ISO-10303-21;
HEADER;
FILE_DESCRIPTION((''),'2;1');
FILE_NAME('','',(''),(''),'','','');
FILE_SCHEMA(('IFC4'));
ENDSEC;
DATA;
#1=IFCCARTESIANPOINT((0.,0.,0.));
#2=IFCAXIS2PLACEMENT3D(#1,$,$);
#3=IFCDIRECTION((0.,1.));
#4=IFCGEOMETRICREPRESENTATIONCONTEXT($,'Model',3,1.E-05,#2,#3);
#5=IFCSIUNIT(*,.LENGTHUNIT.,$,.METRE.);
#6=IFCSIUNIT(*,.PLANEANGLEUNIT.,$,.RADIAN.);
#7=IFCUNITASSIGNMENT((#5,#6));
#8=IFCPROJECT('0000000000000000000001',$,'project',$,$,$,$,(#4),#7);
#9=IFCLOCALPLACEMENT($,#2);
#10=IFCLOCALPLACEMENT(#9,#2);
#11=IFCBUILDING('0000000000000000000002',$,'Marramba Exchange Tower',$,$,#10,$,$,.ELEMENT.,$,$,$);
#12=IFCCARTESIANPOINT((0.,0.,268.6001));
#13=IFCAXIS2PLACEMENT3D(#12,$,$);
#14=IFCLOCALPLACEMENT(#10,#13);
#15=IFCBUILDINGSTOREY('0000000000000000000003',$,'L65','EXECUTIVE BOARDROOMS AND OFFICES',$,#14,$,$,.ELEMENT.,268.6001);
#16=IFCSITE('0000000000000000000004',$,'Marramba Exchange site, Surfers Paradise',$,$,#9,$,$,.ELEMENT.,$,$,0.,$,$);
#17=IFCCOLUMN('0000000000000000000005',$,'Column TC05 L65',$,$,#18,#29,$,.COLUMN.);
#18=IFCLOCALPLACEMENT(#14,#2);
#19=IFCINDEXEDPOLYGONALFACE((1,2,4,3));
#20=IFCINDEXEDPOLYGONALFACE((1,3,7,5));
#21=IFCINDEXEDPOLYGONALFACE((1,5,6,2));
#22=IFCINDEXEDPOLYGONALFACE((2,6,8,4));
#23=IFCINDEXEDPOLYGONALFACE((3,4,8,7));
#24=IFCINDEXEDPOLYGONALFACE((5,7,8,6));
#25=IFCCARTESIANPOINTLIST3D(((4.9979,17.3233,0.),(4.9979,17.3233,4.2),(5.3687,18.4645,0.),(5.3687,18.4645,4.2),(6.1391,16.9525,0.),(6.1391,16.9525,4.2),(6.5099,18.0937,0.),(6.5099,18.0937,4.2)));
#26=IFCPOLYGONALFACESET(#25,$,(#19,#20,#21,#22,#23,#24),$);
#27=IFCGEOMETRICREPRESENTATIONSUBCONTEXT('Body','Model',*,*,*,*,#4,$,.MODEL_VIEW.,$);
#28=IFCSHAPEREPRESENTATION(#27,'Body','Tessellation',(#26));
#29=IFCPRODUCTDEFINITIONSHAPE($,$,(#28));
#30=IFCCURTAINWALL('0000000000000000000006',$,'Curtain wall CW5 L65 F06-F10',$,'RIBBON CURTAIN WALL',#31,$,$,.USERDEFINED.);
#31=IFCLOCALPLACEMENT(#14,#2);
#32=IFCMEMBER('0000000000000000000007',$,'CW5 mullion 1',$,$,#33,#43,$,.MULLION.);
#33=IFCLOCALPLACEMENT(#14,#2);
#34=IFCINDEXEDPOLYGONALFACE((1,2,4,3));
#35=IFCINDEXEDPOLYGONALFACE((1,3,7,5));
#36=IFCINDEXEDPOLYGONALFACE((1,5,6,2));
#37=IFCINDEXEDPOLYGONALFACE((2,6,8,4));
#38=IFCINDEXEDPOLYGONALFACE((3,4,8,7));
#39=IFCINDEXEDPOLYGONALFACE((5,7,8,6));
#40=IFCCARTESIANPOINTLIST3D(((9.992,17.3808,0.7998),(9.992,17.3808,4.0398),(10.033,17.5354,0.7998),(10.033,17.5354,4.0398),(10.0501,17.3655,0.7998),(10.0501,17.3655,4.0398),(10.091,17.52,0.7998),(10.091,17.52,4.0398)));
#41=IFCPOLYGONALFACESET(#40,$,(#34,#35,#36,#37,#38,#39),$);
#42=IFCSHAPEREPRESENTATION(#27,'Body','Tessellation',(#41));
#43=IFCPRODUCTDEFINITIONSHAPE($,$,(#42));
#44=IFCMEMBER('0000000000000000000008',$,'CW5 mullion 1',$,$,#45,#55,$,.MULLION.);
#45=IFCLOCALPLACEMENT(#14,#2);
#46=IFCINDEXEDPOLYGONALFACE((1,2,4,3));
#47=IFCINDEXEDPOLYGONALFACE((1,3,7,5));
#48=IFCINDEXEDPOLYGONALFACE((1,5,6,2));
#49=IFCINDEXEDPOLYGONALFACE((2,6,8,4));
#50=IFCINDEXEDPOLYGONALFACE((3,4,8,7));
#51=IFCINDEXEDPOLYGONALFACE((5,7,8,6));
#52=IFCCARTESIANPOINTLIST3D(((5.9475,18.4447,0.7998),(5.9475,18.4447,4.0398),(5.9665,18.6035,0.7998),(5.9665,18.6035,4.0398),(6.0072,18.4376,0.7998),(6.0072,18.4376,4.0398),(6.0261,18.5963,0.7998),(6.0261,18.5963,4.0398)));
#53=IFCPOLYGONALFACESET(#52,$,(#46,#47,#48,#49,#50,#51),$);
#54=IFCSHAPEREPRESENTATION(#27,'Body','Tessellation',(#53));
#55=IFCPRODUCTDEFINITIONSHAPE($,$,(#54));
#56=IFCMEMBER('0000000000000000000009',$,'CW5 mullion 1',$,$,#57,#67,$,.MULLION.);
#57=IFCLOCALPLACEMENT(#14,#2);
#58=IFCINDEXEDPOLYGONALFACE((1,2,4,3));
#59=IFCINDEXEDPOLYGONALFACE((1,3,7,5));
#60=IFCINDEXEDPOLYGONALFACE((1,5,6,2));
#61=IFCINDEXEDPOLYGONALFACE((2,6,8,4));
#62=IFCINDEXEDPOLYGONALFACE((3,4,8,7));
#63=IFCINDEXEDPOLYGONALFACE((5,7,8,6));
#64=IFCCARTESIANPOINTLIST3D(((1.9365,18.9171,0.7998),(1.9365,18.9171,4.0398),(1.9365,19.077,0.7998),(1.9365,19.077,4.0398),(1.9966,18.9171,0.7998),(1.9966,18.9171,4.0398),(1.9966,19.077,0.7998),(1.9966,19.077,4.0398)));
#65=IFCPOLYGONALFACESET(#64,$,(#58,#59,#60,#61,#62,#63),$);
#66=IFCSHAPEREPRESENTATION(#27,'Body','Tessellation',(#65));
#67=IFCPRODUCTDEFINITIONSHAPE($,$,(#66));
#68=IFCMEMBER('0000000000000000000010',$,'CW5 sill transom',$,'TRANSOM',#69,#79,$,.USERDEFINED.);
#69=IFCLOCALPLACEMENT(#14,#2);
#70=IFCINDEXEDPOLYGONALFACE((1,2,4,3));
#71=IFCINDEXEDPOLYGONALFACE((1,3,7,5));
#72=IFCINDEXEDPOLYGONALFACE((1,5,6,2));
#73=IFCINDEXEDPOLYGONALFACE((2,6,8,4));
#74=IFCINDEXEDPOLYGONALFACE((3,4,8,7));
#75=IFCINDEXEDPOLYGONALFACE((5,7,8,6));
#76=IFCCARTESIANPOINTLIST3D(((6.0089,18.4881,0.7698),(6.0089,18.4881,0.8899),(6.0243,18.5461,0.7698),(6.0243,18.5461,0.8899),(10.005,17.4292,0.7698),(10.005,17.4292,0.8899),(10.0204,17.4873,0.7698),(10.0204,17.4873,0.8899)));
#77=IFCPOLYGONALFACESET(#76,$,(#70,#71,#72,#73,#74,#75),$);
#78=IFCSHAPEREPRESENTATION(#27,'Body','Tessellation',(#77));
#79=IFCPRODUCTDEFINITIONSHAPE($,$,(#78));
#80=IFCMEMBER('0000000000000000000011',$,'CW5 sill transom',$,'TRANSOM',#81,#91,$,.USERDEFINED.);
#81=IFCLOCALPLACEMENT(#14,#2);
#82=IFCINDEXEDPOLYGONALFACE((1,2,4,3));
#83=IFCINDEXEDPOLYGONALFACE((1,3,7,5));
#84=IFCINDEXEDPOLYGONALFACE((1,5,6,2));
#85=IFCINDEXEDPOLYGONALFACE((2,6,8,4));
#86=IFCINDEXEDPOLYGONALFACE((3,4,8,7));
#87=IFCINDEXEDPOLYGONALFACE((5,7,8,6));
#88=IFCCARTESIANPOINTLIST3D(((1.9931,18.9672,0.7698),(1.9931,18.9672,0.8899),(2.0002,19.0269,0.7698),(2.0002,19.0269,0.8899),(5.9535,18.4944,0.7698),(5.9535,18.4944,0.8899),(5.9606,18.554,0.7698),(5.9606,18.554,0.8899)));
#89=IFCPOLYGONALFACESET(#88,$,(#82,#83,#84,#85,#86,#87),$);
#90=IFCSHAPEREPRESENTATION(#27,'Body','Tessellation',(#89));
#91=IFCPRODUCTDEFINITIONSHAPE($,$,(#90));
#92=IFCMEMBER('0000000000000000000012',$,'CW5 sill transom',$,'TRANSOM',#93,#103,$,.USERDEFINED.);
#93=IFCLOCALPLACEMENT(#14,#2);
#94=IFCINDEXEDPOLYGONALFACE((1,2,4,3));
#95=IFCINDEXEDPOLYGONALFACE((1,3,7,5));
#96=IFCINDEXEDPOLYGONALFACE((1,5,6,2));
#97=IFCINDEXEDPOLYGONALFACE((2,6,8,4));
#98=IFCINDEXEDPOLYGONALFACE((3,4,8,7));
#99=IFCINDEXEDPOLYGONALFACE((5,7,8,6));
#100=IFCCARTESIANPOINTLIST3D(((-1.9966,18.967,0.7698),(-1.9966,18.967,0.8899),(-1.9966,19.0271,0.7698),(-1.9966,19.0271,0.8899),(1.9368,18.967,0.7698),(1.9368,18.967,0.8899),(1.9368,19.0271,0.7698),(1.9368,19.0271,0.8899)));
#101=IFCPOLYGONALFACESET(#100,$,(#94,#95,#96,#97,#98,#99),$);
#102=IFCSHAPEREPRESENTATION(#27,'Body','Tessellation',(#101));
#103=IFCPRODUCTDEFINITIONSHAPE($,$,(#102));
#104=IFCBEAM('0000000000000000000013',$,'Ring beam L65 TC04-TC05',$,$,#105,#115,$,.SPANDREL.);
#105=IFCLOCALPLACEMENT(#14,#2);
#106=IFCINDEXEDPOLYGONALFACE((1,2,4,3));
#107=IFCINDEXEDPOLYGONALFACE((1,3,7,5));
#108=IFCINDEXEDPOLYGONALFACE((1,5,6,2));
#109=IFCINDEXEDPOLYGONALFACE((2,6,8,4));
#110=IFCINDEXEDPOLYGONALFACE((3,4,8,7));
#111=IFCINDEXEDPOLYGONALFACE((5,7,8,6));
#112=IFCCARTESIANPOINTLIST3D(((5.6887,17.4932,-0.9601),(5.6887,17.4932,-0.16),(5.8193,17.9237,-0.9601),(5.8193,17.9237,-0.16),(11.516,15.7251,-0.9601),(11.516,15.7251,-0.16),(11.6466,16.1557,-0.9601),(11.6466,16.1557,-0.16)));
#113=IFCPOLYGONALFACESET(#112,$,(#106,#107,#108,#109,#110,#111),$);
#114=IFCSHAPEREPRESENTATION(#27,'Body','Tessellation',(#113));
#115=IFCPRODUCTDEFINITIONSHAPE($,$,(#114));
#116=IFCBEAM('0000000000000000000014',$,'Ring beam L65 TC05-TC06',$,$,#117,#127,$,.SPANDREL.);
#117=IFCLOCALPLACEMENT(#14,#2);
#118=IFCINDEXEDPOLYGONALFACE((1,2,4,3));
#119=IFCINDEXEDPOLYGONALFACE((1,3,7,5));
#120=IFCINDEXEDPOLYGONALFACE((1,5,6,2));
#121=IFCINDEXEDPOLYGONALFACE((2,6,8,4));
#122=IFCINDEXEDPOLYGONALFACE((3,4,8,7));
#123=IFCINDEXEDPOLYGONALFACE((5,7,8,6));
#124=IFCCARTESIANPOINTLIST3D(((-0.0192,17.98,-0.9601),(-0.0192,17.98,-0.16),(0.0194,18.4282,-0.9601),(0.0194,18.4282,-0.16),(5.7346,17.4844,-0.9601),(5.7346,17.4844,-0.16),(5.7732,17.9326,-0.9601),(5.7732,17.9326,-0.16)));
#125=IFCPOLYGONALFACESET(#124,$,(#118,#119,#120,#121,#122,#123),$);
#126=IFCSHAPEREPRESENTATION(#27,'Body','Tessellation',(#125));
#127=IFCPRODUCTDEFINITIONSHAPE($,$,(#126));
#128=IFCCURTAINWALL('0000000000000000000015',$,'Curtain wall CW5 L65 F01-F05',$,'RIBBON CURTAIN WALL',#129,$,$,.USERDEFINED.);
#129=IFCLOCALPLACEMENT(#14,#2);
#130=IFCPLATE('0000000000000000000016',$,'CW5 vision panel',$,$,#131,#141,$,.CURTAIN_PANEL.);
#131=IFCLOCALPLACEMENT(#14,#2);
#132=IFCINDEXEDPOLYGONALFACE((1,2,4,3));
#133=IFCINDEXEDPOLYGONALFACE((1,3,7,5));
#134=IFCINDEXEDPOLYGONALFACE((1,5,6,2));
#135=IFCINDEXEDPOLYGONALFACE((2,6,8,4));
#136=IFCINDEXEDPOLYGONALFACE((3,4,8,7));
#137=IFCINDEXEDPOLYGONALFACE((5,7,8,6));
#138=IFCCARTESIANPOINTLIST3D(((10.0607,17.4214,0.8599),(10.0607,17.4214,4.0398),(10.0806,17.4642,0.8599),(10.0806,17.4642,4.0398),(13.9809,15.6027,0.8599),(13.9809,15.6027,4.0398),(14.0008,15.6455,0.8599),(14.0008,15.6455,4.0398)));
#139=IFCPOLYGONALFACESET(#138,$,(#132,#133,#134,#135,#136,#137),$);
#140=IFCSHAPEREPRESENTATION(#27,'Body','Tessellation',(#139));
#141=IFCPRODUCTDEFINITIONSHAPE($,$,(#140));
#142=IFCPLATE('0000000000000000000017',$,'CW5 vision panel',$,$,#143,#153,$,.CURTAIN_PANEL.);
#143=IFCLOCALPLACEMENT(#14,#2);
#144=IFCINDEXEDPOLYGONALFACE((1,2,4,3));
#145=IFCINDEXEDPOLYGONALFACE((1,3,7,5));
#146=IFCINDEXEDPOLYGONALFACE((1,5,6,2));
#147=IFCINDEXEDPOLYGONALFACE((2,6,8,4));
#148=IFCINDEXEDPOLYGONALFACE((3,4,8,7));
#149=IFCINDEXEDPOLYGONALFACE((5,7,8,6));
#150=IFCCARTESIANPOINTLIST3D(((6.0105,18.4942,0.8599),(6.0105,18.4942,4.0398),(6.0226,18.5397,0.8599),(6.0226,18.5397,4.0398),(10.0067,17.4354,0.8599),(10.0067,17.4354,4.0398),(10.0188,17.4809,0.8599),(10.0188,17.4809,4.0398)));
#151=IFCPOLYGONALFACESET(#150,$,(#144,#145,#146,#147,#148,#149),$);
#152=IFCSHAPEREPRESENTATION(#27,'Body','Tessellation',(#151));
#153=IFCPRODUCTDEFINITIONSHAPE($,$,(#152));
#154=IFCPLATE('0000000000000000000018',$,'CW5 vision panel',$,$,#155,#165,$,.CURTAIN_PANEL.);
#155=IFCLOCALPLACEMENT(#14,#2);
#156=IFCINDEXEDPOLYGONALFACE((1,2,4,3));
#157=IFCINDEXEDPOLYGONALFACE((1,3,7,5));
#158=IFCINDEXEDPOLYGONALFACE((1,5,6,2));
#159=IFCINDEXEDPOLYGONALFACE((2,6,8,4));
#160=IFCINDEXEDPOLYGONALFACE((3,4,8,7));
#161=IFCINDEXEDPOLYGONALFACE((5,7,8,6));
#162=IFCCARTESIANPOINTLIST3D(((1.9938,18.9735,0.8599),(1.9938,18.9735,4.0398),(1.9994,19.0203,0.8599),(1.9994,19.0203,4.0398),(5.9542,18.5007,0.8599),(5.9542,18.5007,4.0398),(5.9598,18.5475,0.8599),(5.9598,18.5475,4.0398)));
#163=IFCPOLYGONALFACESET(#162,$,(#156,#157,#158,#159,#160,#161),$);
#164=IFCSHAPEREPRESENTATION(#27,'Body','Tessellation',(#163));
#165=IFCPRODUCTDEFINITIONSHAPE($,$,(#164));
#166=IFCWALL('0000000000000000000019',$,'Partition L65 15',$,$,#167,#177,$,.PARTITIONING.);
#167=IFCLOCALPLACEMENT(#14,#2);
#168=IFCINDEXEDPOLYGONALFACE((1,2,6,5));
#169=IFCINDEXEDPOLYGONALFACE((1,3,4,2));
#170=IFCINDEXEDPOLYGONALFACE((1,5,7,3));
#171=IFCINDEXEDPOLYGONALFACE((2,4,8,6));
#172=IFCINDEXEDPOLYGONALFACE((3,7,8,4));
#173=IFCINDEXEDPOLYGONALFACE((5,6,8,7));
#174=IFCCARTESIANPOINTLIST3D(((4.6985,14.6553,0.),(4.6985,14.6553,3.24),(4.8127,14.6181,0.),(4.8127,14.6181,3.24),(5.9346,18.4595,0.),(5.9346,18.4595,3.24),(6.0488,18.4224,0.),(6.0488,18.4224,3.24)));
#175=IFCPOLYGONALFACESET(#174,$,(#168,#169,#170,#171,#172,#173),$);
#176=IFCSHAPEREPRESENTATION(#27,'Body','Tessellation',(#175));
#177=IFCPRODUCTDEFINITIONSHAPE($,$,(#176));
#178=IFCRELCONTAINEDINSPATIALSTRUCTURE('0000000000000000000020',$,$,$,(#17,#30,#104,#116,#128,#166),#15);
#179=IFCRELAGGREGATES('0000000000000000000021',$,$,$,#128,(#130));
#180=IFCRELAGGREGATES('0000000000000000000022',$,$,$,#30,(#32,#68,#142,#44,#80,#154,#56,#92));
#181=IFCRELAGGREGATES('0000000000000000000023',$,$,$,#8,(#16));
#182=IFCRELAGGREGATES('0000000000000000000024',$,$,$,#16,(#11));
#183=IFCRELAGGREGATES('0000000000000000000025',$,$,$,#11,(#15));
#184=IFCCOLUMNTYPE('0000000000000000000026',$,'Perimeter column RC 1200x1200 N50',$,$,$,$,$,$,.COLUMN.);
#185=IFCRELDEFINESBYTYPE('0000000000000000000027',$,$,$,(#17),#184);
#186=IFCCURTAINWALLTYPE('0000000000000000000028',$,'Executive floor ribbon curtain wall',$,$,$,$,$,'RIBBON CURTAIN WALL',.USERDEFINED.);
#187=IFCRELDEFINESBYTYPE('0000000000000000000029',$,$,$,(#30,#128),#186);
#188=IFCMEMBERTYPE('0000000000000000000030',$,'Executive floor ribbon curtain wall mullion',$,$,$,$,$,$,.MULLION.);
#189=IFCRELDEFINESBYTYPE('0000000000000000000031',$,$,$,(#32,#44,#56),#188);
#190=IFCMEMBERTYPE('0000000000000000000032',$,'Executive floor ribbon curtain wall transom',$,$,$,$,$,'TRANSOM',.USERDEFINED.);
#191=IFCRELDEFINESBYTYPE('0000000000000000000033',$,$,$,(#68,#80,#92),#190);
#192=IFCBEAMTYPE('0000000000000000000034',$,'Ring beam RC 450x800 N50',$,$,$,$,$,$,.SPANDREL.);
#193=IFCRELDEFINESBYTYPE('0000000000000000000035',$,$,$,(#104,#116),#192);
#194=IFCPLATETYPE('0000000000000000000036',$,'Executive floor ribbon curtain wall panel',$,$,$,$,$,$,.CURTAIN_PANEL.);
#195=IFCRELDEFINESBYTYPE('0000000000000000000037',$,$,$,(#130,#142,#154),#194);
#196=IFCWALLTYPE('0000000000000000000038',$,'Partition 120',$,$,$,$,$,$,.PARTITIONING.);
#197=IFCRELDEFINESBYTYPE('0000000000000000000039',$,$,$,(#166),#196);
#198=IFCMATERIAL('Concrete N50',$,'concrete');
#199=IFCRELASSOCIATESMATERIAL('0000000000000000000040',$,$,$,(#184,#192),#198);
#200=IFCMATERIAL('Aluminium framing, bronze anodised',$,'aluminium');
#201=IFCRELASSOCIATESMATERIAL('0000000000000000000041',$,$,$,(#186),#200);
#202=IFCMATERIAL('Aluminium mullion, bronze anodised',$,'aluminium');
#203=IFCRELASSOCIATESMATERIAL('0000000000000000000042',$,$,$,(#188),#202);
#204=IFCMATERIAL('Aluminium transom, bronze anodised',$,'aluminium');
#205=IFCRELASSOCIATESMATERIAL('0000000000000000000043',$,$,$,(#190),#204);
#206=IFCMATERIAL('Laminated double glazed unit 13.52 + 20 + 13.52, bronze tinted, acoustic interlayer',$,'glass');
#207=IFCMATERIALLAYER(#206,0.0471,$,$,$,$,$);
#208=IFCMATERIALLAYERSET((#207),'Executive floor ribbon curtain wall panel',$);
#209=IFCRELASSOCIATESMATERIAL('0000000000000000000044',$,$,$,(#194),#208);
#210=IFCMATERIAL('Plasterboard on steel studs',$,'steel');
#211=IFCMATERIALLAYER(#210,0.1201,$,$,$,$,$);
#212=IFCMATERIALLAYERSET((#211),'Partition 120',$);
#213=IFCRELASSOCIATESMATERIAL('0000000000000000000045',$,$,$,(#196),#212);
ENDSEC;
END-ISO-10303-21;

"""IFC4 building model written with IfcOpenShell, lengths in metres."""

from ifc_helpers import new_model, si_unit, direction, frame, frame_2d, origin, origin_2d, place, context, subcontext, project, spatial, rectangle, extrude, material, layer, layer_set, material_profile, profile_set, type_object, element, aggregate, save


model = new_model("IFC4")

# Units and contexts
model_context = context("Model", 3, precision=1e-05, world=origin(), true_north=direction((0.0, 1.0)))
body_context = subcontext(model_context, "Body", "Model", "MODEL_VIEW")
ifc_project = project(units=[si_unit("LENGTHUNIT", "METRE"), si_unit("PLANEANGLEUNIT", "RADIAN")], contexts=[model_context])

# Site, building, storey
site_placement = place(None, origin())
site = spatial("IfcSite", under=ifc_project, at=site_placement, Name="Marramba Exchange site, Surfers Paradise", CompositionType="ELEMENT", RefElevation=0.0)
building_placement = place(site_placement, origin())
building = spatial("IfcBuilding", under=site, at=building_placement, Name="Marramba Exchange Tower", CompositionType="ELEMENT")
storey_placement = place(building_placement, frame((0.0, 0.0, 268.6001)))
storey = spatial("IfcBuildingStorey", under=building, at=storey_placement, Name="L65", Description="EXECUTIVE BOARDROOMS AND OFFICES", CompositionType="ELEMENT", Elevation=268.6001)

# Column
ifc_material_1 = material(Name="Concrete N50", Category="concrete")
ifc_material_profile_1 = material_profile(ifc_material_1, rectangle(XDim=1.2, YDim=1.2, at=origin_2d()), Name="RC 1200x1200")
ifc_profile_set_1 = profile_set([ifc_material_profile_1], Name="Concrete N50")
column_type = type_object("IfcColumnType", Name="Perimeter column RC 1200x1200 N50", PredefinedType="COLUMN", material=ifc_profile_set_1)
column_placement = place(storey_placement, frame((5.7539, 17.7085, 0.0), z_axis=(0.0, 0.0, 1.0), x_axis=(0.309017, 0.951057, 0.0)))
element("IfcColumn", 1, at=column_placement, inside=storey, type_object=column_type, Name="Column TC05 L65", PredefinedType="COLUMN", context=body_context, shape_type="SweptSolid", body=[
    extrude(rectangle(XDim=1.2, YDim=1.2, at=origin_2d()), origin(), (0.0, 0.0, 1.0), 4.2),
])

# Curtain wall, members
ifc_material_2 = material(Name="Aluminium framing, bronze anodised", Category="aluminium")
curtain_wall_type = type_object("IfcCurtainWallType", Name="Executive floor ribbon curtain wall", ElementType="RIBBON CURTAIN WALL", PredefinedType="USERDEFINED", material=ifc_material_2)
curtain_wall_1_placement = place(storey_placement, origin())
curtain_wall_1 = element("IfcCurtainWall", 2, at=curtain_wall_1_placement, inside=storey, type_object=curtain_wall_type, Name="Curtain wall CW5 L65 F06-F10", ObjectType="RIBBON CURTAIN WALL", PredefinedType="USERDEFINED")
ifc_material_3 = material(Name="Aluminium mullion, bronze anodised", Category="aluminium")
ifc_material_profile_2 = material_profile(ifc_material_3, rectangle(XDim=0.1599, YDim=0.0601, at=origin_2d()), Name="CW5 mullion 60x160")
ifc_profile_set_2 = profile_set([ifc_material_profile_2], Name="Aluminium mullion, bronze anodised")
member_type_1 = type_object("IfcMemberType", Name="Executive floor ribbon curtain wall mullion", PredefinedType="MULLION", material=ifc_profile_set_2)
member_1_placement = place(storey_placement, frame((10.0415, 17.4504, 0.7998), z_axis=(0.0, 0.0, 1.0), x_axis=(-0.256126, -0.966644, 0.0)))
member_1 = element("IfcMember", 3, at=member_1_placement, type_object=member_type_1, Name="CW5 mullion 1", PredefinedType="MULLION", context=body_context, shape_type="SweptSolid", body=[
    extrude(rectangle(XDim=0.1599, YDim=0.0601, at=origin_2d()), origin(), (0.0, 0.0, 1.0), 3.24),
])
member_2_placement = place(storey_placement, frame((5.9868, 18.5205, 0.7998), z_axis=(0.0, 0.0, 1.0), x_axis=(-0.118557, -0.992947, 0.0)))
member_2 = element("IfcMember", 4, at=member_2_placement, type_object=member_type_1, Name="CW5 mullion 1", PredefinedType="MULLION", context=body_context, shape_type="SweptSolid", body=[
    extrude(rectangle(XDim=0.1599, YDim=0.0601, at=origin_2d()), origin(), (0.0, 0.0, 1.0), 3.24),
])
member_3_placement = place(storey_placement, frame((1.9666, 18.9971, 0.7998), z_axis=(0.0, 0.0, 1.0), x_axis=(0.0, -1.0, 0.0)))
member_3 = element("IfcMember", 5, at=member_3_placement, type_object=member_type_1, Name="CW5 mullion 1", PredefinedType="MULLION", context=body_context, shape_type="SweptSolid", body=[
    extrude(rectangle(XDim=0.1599, YDim=0.0601, at=origin_2d()), origin(), (0.0, 0.0, 1.0), 3.24),
])
ifc_material_4 = material(Name="Aluminium transom, bronze anodised", Category="aluminium")
ifc_material_profile_3 = material_profile(ifc_material_4, rectangle(XDim=0.0601, YDim=0.1201, at=origin_2d()), Name="CW5 transom 60x120")
ifc_profile_set_3 = profile_set([ifc_material_profile_3], Name="Aluminium transom, bronze anodised")
member_type_2 = type_object("IfcMemberType", Name="Executive floor ribbon curtain wall transom", ElementType="TRANSOM", PredefinedType="USERDEFINED", material=ifc_profile_set_3)
member_4_placement = place(storey_placement, frame((10.0127, 17.4583, 0.8298), z_axis=(-0.966642, 0.25613, 0.0), x_axis=(-0.25613, -0.966642, 0.0)))
member_4 = element("IfcMember", 6, at=member_4_placement, type_object=member_type_2, Name="CW5 sill transom", ObjectType="TRANSOM", PredefinedType="USERDEFINED", context=body_context, shape_type="SweptSolid", body=[
    extrude(rectangle(XDim=0.0601, YDim=0.1201, at=origin_2d()), origin(), (0.0, 0.0, 1.0), 4.134),
])
member_5_placement = place(storey_placement, frame((5.957, 18.5242, 0.8298), z_axis=(-0.992946, 0.118564, 0.0), x_axis=(-0.118564, -0.992946, 0.0)))
member_5 = element("IfcMember", 7, at=member_5_placement, type_object=member_type_2, Name="CW5 sill transom", ObjectType="TRANSOM", PredefinedType="USERDEFINED", context=body_context, shape_type="SweptSolid", body=[
    extrude(rectangle(XDim=0.0601, YDim=0.1201, at=origin_2d()), origin(), (0.0, 0.0, 1.0), 3.9885),
])
member_6_placement = place(storey_placement, frame((1.9368, 18.9971, 0.8298), z_axis=(-1.0, 0.0, 0.0), x_axis=(0.0, -1.0, 0.0)))
member_6 = element("IfcMember", 8, at=member_6_placement, type_object=member_type_2, Name="CW5 sill transom", ObjectType="TRANSOM", PredefinedType="USERDEFINED", context=body_context, shape_type="SweptSolid", body=[
    extrude(rectangle(XDim=0.0601, YDim=0.1201, at=origin_2d()), origin(), (0.0, 0.0, 1.0), 3.9333),
])

# Beams
ifc_material_profile_4 = material_profile(ifc_material_1, rectangle(XDim=0.45, YDim=0.8, at=origin_2d()), Name="RC 450x800")
ifc_profile_set_4 = profile_set([ifc_material_profile_4], Name="Concrete N50")
beam_type = type_object("IfcBeamType", Name="Ring beam RC 450x800 N50", PredefinedType="SPANDREL", material=ifc_profile_set_4)
beam_1_placement = place(storey_placement, frame((11.5813, 15.9404, -0.5601), z_axis=(-0.956925, 0.290337, 0.0), x_axis=(-0.290337, -0.956925, 0.0)))
element("IfcBeam", 9, at=beam_1_placement, inside=storey, type_object=beam_type, Name="Ring beam L65 TC04-TC05", PredefinedType="SPANDREL", context=body_context, shape_type="SweptSolid", body=[
    extrude(rectangle(XDim=0.45, YDim=0.8, at=origin_2d()), origin(), (0.0, 0.0, 1.0), 6.0896),
])
beam_2_placement = place(storey_placement, frame((5.7539, 17.7085, -0.5601), z_axis=(-0.996311, 0.085816, 0.0), x_axis=(-0.085816, -0.996311, 0.0)))
element("IfcBeam", 10, at=beam_2_placement, inside=storey, type_object=beam_type, Name="Ring beam L65 TC05-TC06", PredefinedType="SPANDREL", context=body_context, shape_type="SweptSolid", body=[
    extrude(rectangle(XDim=0.45, YDim=0.8, at=origin_2d()), origin(), (0.0, 0.0, 1.0), 5.7751),
])

# Curtain wall, plate
curtain_wall_2_placement = place(storey_placement, origin())
curtain_wall_2 = element("IfcCurtainWall", 11, at=curtain_wall_2_placement, inside=storey, type_object=curtain_wall_type, Name="Curtain wall CW5 L65 F01-F05", ObjectType="RIBBON CURTAIN WALL", PredefinedType="USERDEFINED")
ifc_material_5 = material(Name="Laminated double glazed unit 13.52 + 20 + 13.52, bronze tinted, acoustic interlayer", Category="glass")
ifc_layer_1 = layer(ifc_material_5, 0.0471)
ifc_layer_set_1 = layer_set([ifc_layer_1], Name="Executive floor ribbon curtain wall panel")
plate_type = type_object("IfcPlateType", Name="Executive floor ribbon curtain wall panel", PredefinedType="CURTAIN_PANEL", material=ifc_layer_set_1)
plate_1_placement = place(storey_placement, frame((12.0308, 16.5334, 0.8599), z_axis=(0.0, 0.0, 1.0), x_axis=(-0.907131, 0.420849, 0.0)))
plate_1 = element("IfcPlate", 12, at=plate_1_placement, type_object=plate_type, Name="CW5 vision panel", PredefinedType="CURTAIN_PANEL", context=body_context, shape_type="SweptSolid", body=[
    extrude(rectangle(XDim=4.3215, YDim=0.0471, at=origin_2d()), origin(), (0.0, 0.0, 1.0), 3.1799),
])
aggregate(curtain_wall_2, [plate_1])

# Plates
plate_2_placement = place(storey_placement, frame((8.0146, 17.9875, 0.8599), z_axis=(0.0, 0.0, 1.0), x_axis=(-0.966644, 0.256126, 0.0)))
plate_2 = element("IfcPlate", 13, at=plate_2_placement, type_object=plate_type, Name="CW5 vision panel", PredefinedType="CURTAIN_PANEL", context=body_context, shape_type="SweptSolid", body=[
    extrude(rectangle(XDim=4.134, YDim=0.0471, at=origin_2d()), origin(), (0.0, 0.0, 1.0), 3.1799),
])
plate_3_placement = place(storey_placement, frame((3.9768, 18.7605, 0.8599), z_axis=(0.0, 0.0, 1.0), x_axis=(-0.992947, 0.118557, 0.0)))
plate_3 = element("IfcPlate", 14, at=plate_3_placement, type_object=plate_type, Name="CW5 vision panel", PredefinedType="CURTAIN_PANEL", context=body_context, shape_type="SweptSolid", body=[
    extrude(rectangle(XDim=3.9885, YDim=0.0471, at=origin_2d()), origin(), (0.0, 0.0, 1.0), 3.1799),
])
aggregate(curtain_wall_1, [member_1, member_4, plate_2, member_2, member_5, plate_3, member_3, member_6])

# Wall
ifc_material_6 = material(Name="Plasterboard on steel studs", Category="steel")
ifc_layer_2 = layer(ifc_material_6, 0.1201)
ifc_layer_set_2 = layer_set([ifc_layer_2], Name="Partition 120")
wall_type = type_object("IfcWallType", Name="Partition 120", PredefinedType="PARTITIONING", material=ifc_layer_set_2)
wall_placement = place(storey_placement, frame((5.9917, 18.4409, 0.0), z_axis=(0.0, 0.0, 1.0), x_axis=(-0.309023, -0.951055, 0.0)))
element("IfcWall", 15, at=wall_placement, inside=storey, type_object=wall_type, Name="Partition L65 15", PredefinedType="PARTITIONING", context=body_context, shape_type="SweptSolid", body=[
    extrude(rectangle(XDim=4.0, YDim=0.1201, at=frame_2d((2.0, 0.0))), origin(), (0.0, 0.0, 1.0), 3.24),
])

save(model, "model.ifc")
